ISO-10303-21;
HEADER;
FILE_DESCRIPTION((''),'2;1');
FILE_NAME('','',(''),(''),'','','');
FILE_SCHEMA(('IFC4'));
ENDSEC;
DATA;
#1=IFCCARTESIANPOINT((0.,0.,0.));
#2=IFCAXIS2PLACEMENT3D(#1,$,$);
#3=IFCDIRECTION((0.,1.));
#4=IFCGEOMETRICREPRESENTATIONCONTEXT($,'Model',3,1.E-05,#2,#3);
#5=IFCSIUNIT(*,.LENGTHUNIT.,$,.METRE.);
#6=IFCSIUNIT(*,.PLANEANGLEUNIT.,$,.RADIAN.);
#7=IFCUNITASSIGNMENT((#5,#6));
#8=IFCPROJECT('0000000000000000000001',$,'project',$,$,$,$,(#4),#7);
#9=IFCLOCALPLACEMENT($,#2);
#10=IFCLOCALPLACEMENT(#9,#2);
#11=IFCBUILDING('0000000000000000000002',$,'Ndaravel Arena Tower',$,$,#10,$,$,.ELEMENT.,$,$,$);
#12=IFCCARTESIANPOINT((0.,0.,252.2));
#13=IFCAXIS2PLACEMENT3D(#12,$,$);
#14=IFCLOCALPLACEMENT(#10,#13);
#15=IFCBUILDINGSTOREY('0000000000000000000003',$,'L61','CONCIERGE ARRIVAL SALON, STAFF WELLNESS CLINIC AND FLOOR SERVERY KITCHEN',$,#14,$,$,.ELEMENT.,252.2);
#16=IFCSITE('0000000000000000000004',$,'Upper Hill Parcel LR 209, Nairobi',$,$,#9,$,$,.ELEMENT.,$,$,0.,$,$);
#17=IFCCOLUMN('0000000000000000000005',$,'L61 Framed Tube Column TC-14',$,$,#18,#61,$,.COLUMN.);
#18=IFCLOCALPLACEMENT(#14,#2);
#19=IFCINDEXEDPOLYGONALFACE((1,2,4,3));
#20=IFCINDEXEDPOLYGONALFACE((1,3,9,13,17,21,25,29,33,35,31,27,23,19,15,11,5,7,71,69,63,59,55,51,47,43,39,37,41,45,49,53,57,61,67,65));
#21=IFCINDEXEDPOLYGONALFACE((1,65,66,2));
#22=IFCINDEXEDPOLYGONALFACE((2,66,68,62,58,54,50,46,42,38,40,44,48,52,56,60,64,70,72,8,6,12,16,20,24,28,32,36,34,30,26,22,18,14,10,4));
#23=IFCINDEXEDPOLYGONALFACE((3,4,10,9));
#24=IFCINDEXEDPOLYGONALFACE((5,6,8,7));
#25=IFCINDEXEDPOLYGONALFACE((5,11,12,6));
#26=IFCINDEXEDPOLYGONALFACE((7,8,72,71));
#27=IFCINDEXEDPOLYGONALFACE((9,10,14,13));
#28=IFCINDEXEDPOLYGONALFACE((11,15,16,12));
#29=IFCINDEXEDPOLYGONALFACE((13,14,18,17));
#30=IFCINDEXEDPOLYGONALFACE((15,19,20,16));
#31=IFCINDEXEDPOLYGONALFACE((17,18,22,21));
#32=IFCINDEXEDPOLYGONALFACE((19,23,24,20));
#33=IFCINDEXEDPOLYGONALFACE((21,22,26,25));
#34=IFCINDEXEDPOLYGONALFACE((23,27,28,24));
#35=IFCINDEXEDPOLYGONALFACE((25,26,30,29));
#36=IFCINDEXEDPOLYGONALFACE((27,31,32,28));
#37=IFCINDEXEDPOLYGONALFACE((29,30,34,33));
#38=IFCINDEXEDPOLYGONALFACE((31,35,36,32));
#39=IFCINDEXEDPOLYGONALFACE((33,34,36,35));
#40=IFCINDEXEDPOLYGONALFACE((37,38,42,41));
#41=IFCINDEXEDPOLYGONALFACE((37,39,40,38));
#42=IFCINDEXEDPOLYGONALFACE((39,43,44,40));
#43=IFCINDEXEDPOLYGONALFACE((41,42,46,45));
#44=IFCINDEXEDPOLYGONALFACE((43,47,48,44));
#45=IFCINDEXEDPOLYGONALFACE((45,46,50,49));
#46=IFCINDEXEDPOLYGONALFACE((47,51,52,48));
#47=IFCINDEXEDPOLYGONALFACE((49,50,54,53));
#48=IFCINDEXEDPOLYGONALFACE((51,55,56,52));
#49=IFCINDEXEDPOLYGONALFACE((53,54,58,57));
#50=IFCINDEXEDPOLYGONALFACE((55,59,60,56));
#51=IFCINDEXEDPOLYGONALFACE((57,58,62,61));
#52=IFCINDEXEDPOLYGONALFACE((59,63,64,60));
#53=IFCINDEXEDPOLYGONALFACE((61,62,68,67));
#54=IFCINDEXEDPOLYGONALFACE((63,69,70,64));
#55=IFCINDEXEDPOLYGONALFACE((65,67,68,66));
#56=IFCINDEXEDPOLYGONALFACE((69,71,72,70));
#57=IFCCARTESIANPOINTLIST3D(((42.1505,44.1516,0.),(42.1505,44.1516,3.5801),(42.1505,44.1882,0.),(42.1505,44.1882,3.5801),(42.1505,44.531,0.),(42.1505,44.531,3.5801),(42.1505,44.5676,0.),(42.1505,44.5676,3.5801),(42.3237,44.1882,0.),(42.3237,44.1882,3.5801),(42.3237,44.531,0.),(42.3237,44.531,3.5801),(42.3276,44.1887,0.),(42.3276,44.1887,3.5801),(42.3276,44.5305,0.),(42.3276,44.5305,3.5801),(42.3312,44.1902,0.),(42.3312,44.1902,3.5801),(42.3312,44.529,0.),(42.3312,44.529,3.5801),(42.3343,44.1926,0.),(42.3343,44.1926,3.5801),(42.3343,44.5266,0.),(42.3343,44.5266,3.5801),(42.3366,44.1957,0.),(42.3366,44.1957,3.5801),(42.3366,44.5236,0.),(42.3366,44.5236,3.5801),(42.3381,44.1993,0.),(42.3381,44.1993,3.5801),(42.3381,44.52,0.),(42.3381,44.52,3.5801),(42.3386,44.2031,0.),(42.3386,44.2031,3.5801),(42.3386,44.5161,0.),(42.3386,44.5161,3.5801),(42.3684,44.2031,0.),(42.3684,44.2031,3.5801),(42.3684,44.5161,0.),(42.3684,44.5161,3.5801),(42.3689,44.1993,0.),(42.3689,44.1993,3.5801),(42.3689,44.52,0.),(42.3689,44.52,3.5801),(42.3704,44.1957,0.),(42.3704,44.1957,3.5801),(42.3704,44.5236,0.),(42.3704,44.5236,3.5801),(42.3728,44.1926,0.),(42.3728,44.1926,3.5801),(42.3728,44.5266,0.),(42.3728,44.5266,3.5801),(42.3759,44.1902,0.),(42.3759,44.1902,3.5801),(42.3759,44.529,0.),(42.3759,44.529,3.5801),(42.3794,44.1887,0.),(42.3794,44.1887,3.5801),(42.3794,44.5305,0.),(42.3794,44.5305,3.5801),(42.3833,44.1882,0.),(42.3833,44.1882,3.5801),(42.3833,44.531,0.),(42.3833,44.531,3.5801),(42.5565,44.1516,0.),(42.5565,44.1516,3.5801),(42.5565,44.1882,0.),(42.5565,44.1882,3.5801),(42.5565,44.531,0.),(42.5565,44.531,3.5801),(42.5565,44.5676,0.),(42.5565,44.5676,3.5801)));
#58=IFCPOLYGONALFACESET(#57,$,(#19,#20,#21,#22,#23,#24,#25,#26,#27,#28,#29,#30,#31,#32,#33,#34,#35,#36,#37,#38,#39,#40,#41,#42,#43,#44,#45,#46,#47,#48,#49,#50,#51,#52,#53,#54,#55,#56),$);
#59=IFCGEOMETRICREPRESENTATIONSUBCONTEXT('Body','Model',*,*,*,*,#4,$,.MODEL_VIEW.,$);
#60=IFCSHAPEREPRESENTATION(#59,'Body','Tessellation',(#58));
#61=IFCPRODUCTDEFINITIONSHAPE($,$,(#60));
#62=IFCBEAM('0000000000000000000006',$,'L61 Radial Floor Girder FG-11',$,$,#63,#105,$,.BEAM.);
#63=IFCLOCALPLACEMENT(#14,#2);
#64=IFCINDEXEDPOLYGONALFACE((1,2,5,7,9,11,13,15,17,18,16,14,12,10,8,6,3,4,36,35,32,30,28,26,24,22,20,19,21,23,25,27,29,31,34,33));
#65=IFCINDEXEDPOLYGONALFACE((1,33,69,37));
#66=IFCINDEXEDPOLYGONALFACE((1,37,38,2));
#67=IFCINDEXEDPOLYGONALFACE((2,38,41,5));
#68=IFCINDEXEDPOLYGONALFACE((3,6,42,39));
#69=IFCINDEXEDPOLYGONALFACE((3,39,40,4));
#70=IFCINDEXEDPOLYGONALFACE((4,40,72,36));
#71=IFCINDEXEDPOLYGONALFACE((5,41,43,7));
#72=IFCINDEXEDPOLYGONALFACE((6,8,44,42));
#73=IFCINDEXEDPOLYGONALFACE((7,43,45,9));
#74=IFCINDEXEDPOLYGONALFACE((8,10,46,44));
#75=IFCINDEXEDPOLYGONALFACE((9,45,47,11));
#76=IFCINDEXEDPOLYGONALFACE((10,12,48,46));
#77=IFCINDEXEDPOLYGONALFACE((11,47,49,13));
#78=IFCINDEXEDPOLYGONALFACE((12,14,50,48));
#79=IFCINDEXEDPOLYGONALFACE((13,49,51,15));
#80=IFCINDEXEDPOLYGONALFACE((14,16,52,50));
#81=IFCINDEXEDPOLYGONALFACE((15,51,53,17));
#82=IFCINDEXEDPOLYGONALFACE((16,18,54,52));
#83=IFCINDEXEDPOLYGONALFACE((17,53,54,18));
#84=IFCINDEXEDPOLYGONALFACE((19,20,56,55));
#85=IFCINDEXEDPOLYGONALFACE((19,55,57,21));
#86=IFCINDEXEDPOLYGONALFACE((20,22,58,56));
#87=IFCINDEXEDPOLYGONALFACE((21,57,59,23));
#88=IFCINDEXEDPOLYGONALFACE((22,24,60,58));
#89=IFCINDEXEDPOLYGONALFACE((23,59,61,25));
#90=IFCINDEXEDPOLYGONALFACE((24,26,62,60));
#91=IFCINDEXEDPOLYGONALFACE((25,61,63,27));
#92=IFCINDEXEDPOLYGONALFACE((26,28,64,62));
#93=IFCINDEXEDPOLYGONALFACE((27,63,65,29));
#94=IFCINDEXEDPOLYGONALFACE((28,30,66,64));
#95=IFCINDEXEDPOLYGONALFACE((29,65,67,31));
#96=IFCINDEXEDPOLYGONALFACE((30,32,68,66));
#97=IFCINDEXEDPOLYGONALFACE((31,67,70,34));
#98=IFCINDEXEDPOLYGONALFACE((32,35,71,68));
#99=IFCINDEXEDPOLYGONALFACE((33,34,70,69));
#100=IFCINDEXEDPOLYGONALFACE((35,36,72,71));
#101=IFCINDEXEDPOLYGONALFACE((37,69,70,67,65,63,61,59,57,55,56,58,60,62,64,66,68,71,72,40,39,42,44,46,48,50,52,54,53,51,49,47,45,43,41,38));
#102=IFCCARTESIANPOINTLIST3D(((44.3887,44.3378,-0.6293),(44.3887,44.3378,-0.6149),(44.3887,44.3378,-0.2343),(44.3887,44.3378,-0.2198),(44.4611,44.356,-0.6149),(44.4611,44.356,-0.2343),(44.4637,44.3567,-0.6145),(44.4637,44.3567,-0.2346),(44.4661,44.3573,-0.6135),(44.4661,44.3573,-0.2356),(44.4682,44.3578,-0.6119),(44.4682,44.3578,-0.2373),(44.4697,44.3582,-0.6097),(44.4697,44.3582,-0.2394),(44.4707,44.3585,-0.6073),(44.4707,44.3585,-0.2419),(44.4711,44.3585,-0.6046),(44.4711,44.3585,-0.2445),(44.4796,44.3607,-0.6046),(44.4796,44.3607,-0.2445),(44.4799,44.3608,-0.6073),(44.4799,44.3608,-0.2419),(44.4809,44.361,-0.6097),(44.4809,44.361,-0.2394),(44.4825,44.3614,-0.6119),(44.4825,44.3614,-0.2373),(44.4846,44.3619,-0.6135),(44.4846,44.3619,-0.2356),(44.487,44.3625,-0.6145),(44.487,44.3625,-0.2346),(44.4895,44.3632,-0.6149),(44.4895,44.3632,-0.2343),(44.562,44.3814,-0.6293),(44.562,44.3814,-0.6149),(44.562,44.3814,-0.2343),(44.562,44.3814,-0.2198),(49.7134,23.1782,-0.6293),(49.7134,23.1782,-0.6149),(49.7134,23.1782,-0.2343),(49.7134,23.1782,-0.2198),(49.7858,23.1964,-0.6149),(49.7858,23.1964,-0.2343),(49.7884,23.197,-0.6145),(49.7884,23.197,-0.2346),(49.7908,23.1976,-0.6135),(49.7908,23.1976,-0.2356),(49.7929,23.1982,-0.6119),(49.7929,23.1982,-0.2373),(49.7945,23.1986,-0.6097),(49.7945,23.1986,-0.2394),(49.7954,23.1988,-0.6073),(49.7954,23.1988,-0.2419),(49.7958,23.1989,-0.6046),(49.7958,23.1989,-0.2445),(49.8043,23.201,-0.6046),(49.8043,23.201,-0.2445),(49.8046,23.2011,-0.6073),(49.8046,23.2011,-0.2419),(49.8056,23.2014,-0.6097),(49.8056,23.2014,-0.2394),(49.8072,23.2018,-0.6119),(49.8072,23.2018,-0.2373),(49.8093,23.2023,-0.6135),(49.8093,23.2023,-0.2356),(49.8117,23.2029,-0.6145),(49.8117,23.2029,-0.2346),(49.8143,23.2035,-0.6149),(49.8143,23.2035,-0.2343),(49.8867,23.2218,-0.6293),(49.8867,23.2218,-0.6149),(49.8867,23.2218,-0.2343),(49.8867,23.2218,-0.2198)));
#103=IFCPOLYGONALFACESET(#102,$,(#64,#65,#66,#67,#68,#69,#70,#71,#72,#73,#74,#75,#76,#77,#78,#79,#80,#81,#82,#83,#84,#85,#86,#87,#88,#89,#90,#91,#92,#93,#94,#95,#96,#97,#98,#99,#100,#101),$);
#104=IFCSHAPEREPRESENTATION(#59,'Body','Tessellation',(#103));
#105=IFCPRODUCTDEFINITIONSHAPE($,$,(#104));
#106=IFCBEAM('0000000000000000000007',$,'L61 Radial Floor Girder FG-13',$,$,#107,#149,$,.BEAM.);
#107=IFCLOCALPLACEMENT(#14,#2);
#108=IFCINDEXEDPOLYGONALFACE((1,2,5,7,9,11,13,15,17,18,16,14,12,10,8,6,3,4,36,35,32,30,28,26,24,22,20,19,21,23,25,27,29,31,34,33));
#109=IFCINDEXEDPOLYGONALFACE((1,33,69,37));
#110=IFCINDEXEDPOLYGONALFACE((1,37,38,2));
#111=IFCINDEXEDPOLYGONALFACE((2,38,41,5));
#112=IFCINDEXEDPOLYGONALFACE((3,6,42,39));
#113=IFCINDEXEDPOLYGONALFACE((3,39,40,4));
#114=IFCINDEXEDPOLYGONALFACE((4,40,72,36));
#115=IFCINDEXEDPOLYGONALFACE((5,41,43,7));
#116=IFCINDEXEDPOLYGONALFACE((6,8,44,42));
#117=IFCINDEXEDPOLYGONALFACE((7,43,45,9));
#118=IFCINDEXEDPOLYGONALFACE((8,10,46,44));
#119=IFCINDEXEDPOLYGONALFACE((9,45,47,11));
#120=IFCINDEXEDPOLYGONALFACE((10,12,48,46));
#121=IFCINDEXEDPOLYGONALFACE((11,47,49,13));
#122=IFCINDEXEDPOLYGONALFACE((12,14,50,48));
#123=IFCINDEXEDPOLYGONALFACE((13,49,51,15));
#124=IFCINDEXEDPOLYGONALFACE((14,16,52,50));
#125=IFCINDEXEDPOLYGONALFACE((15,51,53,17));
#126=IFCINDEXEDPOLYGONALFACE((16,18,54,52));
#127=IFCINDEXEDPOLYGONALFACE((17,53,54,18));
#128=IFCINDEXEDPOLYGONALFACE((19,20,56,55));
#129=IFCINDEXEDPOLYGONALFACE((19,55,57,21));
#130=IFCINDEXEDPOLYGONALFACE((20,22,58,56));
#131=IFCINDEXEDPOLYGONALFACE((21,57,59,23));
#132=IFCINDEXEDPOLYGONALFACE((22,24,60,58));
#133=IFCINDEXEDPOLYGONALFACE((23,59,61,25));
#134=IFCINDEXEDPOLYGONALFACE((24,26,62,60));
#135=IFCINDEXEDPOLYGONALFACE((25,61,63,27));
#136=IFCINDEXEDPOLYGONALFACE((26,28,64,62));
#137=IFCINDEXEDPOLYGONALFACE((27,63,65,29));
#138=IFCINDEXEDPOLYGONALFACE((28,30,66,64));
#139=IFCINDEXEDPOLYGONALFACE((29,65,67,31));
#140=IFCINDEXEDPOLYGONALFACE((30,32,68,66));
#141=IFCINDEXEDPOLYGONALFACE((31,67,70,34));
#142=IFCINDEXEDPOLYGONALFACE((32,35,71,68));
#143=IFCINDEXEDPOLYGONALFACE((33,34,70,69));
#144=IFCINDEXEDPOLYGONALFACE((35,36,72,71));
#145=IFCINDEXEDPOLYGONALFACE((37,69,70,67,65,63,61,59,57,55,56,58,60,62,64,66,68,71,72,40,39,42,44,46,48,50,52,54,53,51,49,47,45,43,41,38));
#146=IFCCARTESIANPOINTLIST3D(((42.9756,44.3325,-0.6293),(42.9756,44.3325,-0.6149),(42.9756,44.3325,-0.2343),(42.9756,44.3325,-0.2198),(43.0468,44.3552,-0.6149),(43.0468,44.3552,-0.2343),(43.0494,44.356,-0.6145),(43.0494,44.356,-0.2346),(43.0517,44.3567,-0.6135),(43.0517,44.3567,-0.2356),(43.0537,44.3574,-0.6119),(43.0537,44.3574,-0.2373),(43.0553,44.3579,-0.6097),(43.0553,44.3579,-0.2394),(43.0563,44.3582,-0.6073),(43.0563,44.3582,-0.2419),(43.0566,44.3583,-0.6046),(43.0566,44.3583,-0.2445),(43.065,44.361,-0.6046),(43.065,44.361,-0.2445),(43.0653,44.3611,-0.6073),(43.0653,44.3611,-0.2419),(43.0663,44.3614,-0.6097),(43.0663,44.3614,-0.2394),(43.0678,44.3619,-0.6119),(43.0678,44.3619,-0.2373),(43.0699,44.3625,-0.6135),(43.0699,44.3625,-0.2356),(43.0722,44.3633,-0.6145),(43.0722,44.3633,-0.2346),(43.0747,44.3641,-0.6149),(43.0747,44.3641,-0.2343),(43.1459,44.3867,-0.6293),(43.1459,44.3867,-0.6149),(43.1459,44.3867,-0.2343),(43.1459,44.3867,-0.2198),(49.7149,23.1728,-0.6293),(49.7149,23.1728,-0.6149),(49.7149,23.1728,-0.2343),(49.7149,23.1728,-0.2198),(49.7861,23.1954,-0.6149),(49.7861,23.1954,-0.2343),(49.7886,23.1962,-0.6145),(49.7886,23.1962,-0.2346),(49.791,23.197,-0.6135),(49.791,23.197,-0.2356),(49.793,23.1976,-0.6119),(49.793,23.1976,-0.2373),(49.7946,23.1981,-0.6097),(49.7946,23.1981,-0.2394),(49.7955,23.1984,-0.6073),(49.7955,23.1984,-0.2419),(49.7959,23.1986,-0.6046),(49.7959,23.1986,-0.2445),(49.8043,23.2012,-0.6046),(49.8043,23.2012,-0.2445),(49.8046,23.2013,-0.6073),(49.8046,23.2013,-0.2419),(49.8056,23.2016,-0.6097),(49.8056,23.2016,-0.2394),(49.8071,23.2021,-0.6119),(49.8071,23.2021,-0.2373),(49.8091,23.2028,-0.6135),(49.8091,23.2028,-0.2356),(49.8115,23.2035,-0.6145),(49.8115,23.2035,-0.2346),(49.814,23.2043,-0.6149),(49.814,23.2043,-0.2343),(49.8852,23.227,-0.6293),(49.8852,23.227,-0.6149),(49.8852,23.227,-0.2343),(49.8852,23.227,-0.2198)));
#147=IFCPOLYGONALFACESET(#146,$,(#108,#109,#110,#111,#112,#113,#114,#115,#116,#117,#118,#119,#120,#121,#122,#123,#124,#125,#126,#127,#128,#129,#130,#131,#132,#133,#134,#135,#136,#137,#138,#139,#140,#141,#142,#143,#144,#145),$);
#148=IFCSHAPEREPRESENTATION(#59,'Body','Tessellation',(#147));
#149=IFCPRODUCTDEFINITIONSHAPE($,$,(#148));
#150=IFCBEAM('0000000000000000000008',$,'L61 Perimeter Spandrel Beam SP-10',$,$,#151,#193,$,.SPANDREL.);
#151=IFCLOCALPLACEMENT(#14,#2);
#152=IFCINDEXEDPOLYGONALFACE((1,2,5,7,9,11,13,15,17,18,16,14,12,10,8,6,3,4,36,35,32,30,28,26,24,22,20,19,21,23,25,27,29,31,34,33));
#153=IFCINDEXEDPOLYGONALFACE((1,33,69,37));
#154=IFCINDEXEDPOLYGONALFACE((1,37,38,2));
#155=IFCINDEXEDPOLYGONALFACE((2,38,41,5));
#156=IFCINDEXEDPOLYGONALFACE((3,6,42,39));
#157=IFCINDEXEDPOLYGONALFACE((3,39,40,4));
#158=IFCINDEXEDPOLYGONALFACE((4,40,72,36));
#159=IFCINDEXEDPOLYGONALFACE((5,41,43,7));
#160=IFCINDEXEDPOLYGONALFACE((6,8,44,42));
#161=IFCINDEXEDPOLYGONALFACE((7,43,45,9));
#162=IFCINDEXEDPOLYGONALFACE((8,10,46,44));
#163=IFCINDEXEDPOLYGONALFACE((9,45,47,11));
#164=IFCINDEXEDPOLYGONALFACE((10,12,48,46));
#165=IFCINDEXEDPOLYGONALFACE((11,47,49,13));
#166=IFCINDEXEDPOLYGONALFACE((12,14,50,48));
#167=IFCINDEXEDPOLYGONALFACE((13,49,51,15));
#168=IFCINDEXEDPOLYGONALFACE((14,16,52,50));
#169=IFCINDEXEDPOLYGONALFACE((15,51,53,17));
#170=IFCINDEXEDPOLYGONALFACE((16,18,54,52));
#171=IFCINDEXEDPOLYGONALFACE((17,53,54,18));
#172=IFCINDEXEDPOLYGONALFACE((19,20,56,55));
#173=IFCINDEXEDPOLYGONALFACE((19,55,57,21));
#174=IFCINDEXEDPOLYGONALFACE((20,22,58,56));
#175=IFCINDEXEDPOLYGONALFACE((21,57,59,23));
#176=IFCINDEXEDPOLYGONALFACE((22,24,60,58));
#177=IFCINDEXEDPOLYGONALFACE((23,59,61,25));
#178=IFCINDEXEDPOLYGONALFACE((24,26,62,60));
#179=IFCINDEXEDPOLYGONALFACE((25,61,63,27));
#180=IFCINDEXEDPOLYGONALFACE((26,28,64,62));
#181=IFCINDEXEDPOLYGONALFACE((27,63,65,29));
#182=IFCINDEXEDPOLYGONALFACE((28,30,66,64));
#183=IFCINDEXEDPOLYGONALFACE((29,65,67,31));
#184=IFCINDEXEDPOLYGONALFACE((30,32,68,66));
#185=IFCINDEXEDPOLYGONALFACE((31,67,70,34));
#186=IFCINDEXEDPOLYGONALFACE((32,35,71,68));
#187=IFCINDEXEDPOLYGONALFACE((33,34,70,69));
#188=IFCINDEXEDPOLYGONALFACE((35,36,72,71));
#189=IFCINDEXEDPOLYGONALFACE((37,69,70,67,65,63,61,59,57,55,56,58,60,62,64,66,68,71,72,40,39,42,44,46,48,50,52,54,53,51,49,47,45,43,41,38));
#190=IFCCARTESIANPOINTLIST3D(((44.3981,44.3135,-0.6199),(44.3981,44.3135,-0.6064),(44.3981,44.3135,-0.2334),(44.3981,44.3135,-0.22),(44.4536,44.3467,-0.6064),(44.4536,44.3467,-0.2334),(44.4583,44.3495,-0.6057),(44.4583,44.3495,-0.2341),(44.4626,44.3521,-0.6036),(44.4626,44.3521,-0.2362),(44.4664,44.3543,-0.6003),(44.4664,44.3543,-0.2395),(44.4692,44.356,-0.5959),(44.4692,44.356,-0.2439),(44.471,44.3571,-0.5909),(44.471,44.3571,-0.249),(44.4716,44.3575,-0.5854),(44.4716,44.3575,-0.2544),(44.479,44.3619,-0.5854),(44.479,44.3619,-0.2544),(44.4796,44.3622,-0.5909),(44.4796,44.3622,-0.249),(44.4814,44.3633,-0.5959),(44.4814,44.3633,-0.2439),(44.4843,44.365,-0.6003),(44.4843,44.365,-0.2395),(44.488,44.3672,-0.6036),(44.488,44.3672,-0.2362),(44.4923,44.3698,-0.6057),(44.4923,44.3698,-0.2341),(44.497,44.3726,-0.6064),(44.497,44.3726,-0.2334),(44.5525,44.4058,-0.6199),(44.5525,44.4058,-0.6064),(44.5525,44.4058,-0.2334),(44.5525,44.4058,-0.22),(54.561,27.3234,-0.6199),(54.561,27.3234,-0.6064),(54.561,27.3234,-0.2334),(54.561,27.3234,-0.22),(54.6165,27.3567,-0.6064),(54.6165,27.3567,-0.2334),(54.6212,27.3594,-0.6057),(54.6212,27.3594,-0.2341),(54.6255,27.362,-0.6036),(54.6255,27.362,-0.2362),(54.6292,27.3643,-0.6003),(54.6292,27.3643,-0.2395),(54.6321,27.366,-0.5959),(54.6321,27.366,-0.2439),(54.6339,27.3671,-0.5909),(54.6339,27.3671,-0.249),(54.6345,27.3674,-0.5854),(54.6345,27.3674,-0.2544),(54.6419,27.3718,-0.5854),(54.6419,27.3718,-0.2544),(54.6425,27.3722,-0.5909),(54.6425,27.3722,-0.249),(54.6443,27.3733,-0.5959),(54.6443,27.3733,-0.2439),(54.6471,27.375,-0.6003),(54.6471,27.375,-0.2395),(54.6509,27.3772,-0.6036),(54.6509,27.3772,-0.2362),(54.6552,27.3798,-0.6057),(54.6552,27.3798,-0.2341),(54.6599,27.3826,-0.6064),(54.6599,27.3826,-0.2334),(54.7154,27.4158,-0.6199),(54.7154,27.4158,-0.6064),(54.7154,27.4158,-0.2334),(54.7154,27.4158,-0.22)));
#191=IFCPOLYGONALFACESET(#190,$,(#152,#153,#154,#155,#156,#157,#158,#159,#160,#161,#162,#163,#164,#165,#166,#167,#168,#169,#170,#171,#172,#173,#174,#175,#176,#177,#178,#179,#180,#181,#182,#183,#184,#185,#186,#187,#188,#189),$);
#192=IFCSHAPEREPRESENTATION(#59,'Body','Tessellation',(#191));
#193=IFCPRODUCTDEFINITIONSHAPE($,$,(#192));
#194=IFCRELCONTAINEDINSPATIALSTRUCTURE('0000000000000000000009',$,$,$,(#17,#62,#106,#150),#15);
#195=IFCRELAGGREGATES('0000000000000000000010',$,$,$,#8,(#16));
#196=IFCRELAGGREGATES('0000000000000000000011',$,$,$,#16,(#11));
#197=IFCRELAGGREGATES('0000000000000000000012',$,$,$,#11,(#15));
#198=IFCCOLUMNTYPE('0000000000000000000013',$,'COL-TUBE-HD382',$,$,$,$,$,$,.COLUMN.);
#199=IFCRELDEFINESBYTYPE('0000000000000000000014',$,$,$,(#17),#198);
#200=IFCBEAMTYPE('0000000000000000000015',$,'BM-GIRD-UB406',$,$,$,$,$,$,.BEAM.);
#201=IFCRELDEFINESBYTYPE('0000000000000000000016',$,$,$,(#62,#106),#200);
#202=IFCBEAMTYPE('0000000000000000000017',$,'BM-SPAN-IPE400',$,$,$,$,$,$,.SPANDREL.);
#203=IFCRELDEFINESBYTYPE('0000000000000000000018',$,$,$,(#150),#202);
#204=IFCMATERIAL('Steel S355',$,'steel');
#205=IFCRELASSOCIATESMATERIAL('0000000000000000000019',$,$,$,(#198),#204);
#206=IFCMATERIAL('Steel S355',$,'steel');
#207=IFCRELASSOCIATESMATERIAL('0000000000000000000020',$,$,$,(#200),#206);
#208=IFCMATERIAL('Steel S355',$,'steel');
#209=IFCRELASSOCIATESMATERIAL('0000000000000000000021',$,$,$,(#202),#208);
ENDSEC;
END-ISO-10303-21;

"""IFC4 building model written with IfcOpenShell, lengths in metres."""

from ifc_helpers import new_model, si_unit, direction, frame, origin, origin_2d, place, context, subcontext, project, spatial, i_section, extrude, material, material_profile, profile_set, type_object, element, save


model = new_model("IFC4")

# Units and contexts
model_context = context("Model", 3, precision=1e-05, world=origin(), true_north=direction((0.0, 1.0)))
body_context = subcontext(model_context, "Body", "Model", "MODEL_VIEW")
ifc_project = project(units=[si_unit("LENGTHUNIT", "METRE"), si_unit("PLANEANGLEUNIT", "RADIAN")], contexts=[model_context])

# Site, building, storey
site_placement = place(None, origin())
site = spatial("IfcSite", under=ifc_project, at=site_placement, Name="Upper Hill Parcel LR 209, Nairobi", CompositionType="ELEMENT", RefElevation=0.0)
building_placement = place(site_placement, origin())
building = spatial("IfcBuilding", under=site, at=building_placement, Name="Ndaravel Arena Tower", CompositionType="ELEMENT")
storey_placement = place(building_placement, frame((0.0, 0.0, 252.2)))
storey = spatial("IfcBuildingStorey", under=building, at=storey_placement, Name="L61", Description="CONCIERGE ARRIVAL SALON, STAFF WELLNESS CLINIC AND FLOOR SERVERY KITCHEN", CompositionType="ELEMENT", Elevation=252.2)

# Column
ifc_material_1 = material(Name="Steel S355", Category="steel")
ifc_material_profile_1 = material_profile(ifc_material_1, i_section(OverallWidth=0.406, OverallDepth=0.416, WebThickness=0.0298, FlangeThickness=0.0366, FilletRadius=0.0149, at=origin_2d()), Name="HD 400x382")
ifc_profile_set_1 = profile_set([ifc_material_profile_1], Name="Steel S355")
column_type = type_object("IfcColumnType", Name="COL-TUBE-HD382", PredefinedType="COLUMN", material=ifc_profile_set_1)
for number, where, z_axis, x_axis, name in (
    (1, (42.3535, 44.3596, 0.0), (0.0, 0.0, 1.0), (1.0, 0.0, 0.0), "L61 Framed Tube Column TC-14"),
):
    element("IfcColumn", number, at=place(storey_placement, frame(where, z_axis=z_axis, x_axis=x_axis)), inside=storey, type_object=column_type, Name=name, PredefinedType="COLUMN", context=body_context, shape_type="SweptSolid", body=[
        extrude(i_section(OverallWidth=0.406, OverallDepth=0.416, WebThickness=0.0298, FlangeThickness=0.0366, FilletRadius=0.0149, at=origin_2d()), origin(), (0.0, 0.0, 1.0), 3.5801),
    ])

# Beams
ifc_material_2 = material(Name="Steel S355", Category="steel")
ifc_material_profile_2 = material_profile(ifc_material_2, i_section(OverallWidth=0.1787, OverallDepth=0.4094, WebThickness=0.0088, FlangeThickness=0.0144, FilletRadius=0.0103, at=origin_2d()), Name="UB 406x178x67")
ifc_profile_set_2 = profile_set([ifc_material_profile_2], Name="Steel S355")
beam_type_1 = type_object("IfcBeamType", Name="BM-GIRD-UB406", PredefinedType="BEAM", material=ifc_profile_set_2)
beam_1_placement = place(storey_placement, frame((44.4753, 44.3596, -0.4246), z_axis=(0.244036, -0.969766, 0.0), x_axis=(0.969766, 0.244036, 0.0)))
element("IfcBeam", 2, at=beam_1_placement, inside=storey, type_object=beam_type_1, Name="L61 Radial Floor Girder FG-11", PredefinedType="BEAM", context=body_context, shape_type="SweptSolid", body=[
    extrude(i_section(OverallWidth=0.1787, OverallDepth=0.4094, WebThickness=0.0088, FlangeThickness=0.0144, FilletRadius=0.0103, at=origin_2d()), origin(), (0.0, 0.0, 1.0), 21.8193),
])
beam_2_placement = place(storey_placement, frame((43.0608, 44.3596, -0.4246), z_axis=(0.303475, -0.952839, 0.0), x_axis=(0.952839, 0.303475, 0.0)))
element("IfcBeam", 3, at=beam_2_placement, inside=storey, type_object=beam_type_1, Name="L61 Radial Floor Girder FG-13", PredefinedType="BEAM", context=body_context, shape_type="SweptSolid", body=[
    extrude(i_section(OverallWidth=0.1787, OverallDepth=0.4094, WebThickness=0.0088, FlangeThickness=0.0144, FilletRadius=0.0103, at=origin_2d()), origin(), (0.0, 0.0, 1.0), 22.207),
])
ifc_material_3 = material(Name="Steel S355", Category="steel")
ifc_material_profile_3 = material_profile(ifc_material_3, i_section(OverallWidth=0.1799, OverallDepth=0.3999, WebThickness=0.0085, FlangeThickness=0.0134, FilletRadius=0.021, at=origin_2d()), Name="IPE 400")
ifc_profile_set_3 = profile_set([ifc_material_profile_3], Name="Steel S355")
beam_type_2 = type_object("IfcBeamType", Name="BM-SPAN-IPE400", PredefinedType="SPANDREL", material=ifc_profile_set_3)
beam_3_placement = place(storey_placement, frame((54.6382, 27.3696, -0.4199), z_axis=(-0.513338, 0.858186, 0.0), x_axis=(-0.858186, -0.513338, 0.0)))
element("IfcBeam", 4, at=beam_3_placement, inside=storey, type_object=beam_type_2, Name="L61 Perimeter Spandrel Beam SP-10", PredefinedType="SPANDREL", context=body_context, shape_type="SweptSolid", body=[
    extrude(i_section(OverallWidth=0.1799, OverallDepth=0.3999, WebThickness=0.0085, FlangeThickness=0.0134, FilletRadius=0.021, at=origin_2d()), origin(), (0.0, 0.0, 1.0), 19.7976),
])

save(model, "model.ifc")
